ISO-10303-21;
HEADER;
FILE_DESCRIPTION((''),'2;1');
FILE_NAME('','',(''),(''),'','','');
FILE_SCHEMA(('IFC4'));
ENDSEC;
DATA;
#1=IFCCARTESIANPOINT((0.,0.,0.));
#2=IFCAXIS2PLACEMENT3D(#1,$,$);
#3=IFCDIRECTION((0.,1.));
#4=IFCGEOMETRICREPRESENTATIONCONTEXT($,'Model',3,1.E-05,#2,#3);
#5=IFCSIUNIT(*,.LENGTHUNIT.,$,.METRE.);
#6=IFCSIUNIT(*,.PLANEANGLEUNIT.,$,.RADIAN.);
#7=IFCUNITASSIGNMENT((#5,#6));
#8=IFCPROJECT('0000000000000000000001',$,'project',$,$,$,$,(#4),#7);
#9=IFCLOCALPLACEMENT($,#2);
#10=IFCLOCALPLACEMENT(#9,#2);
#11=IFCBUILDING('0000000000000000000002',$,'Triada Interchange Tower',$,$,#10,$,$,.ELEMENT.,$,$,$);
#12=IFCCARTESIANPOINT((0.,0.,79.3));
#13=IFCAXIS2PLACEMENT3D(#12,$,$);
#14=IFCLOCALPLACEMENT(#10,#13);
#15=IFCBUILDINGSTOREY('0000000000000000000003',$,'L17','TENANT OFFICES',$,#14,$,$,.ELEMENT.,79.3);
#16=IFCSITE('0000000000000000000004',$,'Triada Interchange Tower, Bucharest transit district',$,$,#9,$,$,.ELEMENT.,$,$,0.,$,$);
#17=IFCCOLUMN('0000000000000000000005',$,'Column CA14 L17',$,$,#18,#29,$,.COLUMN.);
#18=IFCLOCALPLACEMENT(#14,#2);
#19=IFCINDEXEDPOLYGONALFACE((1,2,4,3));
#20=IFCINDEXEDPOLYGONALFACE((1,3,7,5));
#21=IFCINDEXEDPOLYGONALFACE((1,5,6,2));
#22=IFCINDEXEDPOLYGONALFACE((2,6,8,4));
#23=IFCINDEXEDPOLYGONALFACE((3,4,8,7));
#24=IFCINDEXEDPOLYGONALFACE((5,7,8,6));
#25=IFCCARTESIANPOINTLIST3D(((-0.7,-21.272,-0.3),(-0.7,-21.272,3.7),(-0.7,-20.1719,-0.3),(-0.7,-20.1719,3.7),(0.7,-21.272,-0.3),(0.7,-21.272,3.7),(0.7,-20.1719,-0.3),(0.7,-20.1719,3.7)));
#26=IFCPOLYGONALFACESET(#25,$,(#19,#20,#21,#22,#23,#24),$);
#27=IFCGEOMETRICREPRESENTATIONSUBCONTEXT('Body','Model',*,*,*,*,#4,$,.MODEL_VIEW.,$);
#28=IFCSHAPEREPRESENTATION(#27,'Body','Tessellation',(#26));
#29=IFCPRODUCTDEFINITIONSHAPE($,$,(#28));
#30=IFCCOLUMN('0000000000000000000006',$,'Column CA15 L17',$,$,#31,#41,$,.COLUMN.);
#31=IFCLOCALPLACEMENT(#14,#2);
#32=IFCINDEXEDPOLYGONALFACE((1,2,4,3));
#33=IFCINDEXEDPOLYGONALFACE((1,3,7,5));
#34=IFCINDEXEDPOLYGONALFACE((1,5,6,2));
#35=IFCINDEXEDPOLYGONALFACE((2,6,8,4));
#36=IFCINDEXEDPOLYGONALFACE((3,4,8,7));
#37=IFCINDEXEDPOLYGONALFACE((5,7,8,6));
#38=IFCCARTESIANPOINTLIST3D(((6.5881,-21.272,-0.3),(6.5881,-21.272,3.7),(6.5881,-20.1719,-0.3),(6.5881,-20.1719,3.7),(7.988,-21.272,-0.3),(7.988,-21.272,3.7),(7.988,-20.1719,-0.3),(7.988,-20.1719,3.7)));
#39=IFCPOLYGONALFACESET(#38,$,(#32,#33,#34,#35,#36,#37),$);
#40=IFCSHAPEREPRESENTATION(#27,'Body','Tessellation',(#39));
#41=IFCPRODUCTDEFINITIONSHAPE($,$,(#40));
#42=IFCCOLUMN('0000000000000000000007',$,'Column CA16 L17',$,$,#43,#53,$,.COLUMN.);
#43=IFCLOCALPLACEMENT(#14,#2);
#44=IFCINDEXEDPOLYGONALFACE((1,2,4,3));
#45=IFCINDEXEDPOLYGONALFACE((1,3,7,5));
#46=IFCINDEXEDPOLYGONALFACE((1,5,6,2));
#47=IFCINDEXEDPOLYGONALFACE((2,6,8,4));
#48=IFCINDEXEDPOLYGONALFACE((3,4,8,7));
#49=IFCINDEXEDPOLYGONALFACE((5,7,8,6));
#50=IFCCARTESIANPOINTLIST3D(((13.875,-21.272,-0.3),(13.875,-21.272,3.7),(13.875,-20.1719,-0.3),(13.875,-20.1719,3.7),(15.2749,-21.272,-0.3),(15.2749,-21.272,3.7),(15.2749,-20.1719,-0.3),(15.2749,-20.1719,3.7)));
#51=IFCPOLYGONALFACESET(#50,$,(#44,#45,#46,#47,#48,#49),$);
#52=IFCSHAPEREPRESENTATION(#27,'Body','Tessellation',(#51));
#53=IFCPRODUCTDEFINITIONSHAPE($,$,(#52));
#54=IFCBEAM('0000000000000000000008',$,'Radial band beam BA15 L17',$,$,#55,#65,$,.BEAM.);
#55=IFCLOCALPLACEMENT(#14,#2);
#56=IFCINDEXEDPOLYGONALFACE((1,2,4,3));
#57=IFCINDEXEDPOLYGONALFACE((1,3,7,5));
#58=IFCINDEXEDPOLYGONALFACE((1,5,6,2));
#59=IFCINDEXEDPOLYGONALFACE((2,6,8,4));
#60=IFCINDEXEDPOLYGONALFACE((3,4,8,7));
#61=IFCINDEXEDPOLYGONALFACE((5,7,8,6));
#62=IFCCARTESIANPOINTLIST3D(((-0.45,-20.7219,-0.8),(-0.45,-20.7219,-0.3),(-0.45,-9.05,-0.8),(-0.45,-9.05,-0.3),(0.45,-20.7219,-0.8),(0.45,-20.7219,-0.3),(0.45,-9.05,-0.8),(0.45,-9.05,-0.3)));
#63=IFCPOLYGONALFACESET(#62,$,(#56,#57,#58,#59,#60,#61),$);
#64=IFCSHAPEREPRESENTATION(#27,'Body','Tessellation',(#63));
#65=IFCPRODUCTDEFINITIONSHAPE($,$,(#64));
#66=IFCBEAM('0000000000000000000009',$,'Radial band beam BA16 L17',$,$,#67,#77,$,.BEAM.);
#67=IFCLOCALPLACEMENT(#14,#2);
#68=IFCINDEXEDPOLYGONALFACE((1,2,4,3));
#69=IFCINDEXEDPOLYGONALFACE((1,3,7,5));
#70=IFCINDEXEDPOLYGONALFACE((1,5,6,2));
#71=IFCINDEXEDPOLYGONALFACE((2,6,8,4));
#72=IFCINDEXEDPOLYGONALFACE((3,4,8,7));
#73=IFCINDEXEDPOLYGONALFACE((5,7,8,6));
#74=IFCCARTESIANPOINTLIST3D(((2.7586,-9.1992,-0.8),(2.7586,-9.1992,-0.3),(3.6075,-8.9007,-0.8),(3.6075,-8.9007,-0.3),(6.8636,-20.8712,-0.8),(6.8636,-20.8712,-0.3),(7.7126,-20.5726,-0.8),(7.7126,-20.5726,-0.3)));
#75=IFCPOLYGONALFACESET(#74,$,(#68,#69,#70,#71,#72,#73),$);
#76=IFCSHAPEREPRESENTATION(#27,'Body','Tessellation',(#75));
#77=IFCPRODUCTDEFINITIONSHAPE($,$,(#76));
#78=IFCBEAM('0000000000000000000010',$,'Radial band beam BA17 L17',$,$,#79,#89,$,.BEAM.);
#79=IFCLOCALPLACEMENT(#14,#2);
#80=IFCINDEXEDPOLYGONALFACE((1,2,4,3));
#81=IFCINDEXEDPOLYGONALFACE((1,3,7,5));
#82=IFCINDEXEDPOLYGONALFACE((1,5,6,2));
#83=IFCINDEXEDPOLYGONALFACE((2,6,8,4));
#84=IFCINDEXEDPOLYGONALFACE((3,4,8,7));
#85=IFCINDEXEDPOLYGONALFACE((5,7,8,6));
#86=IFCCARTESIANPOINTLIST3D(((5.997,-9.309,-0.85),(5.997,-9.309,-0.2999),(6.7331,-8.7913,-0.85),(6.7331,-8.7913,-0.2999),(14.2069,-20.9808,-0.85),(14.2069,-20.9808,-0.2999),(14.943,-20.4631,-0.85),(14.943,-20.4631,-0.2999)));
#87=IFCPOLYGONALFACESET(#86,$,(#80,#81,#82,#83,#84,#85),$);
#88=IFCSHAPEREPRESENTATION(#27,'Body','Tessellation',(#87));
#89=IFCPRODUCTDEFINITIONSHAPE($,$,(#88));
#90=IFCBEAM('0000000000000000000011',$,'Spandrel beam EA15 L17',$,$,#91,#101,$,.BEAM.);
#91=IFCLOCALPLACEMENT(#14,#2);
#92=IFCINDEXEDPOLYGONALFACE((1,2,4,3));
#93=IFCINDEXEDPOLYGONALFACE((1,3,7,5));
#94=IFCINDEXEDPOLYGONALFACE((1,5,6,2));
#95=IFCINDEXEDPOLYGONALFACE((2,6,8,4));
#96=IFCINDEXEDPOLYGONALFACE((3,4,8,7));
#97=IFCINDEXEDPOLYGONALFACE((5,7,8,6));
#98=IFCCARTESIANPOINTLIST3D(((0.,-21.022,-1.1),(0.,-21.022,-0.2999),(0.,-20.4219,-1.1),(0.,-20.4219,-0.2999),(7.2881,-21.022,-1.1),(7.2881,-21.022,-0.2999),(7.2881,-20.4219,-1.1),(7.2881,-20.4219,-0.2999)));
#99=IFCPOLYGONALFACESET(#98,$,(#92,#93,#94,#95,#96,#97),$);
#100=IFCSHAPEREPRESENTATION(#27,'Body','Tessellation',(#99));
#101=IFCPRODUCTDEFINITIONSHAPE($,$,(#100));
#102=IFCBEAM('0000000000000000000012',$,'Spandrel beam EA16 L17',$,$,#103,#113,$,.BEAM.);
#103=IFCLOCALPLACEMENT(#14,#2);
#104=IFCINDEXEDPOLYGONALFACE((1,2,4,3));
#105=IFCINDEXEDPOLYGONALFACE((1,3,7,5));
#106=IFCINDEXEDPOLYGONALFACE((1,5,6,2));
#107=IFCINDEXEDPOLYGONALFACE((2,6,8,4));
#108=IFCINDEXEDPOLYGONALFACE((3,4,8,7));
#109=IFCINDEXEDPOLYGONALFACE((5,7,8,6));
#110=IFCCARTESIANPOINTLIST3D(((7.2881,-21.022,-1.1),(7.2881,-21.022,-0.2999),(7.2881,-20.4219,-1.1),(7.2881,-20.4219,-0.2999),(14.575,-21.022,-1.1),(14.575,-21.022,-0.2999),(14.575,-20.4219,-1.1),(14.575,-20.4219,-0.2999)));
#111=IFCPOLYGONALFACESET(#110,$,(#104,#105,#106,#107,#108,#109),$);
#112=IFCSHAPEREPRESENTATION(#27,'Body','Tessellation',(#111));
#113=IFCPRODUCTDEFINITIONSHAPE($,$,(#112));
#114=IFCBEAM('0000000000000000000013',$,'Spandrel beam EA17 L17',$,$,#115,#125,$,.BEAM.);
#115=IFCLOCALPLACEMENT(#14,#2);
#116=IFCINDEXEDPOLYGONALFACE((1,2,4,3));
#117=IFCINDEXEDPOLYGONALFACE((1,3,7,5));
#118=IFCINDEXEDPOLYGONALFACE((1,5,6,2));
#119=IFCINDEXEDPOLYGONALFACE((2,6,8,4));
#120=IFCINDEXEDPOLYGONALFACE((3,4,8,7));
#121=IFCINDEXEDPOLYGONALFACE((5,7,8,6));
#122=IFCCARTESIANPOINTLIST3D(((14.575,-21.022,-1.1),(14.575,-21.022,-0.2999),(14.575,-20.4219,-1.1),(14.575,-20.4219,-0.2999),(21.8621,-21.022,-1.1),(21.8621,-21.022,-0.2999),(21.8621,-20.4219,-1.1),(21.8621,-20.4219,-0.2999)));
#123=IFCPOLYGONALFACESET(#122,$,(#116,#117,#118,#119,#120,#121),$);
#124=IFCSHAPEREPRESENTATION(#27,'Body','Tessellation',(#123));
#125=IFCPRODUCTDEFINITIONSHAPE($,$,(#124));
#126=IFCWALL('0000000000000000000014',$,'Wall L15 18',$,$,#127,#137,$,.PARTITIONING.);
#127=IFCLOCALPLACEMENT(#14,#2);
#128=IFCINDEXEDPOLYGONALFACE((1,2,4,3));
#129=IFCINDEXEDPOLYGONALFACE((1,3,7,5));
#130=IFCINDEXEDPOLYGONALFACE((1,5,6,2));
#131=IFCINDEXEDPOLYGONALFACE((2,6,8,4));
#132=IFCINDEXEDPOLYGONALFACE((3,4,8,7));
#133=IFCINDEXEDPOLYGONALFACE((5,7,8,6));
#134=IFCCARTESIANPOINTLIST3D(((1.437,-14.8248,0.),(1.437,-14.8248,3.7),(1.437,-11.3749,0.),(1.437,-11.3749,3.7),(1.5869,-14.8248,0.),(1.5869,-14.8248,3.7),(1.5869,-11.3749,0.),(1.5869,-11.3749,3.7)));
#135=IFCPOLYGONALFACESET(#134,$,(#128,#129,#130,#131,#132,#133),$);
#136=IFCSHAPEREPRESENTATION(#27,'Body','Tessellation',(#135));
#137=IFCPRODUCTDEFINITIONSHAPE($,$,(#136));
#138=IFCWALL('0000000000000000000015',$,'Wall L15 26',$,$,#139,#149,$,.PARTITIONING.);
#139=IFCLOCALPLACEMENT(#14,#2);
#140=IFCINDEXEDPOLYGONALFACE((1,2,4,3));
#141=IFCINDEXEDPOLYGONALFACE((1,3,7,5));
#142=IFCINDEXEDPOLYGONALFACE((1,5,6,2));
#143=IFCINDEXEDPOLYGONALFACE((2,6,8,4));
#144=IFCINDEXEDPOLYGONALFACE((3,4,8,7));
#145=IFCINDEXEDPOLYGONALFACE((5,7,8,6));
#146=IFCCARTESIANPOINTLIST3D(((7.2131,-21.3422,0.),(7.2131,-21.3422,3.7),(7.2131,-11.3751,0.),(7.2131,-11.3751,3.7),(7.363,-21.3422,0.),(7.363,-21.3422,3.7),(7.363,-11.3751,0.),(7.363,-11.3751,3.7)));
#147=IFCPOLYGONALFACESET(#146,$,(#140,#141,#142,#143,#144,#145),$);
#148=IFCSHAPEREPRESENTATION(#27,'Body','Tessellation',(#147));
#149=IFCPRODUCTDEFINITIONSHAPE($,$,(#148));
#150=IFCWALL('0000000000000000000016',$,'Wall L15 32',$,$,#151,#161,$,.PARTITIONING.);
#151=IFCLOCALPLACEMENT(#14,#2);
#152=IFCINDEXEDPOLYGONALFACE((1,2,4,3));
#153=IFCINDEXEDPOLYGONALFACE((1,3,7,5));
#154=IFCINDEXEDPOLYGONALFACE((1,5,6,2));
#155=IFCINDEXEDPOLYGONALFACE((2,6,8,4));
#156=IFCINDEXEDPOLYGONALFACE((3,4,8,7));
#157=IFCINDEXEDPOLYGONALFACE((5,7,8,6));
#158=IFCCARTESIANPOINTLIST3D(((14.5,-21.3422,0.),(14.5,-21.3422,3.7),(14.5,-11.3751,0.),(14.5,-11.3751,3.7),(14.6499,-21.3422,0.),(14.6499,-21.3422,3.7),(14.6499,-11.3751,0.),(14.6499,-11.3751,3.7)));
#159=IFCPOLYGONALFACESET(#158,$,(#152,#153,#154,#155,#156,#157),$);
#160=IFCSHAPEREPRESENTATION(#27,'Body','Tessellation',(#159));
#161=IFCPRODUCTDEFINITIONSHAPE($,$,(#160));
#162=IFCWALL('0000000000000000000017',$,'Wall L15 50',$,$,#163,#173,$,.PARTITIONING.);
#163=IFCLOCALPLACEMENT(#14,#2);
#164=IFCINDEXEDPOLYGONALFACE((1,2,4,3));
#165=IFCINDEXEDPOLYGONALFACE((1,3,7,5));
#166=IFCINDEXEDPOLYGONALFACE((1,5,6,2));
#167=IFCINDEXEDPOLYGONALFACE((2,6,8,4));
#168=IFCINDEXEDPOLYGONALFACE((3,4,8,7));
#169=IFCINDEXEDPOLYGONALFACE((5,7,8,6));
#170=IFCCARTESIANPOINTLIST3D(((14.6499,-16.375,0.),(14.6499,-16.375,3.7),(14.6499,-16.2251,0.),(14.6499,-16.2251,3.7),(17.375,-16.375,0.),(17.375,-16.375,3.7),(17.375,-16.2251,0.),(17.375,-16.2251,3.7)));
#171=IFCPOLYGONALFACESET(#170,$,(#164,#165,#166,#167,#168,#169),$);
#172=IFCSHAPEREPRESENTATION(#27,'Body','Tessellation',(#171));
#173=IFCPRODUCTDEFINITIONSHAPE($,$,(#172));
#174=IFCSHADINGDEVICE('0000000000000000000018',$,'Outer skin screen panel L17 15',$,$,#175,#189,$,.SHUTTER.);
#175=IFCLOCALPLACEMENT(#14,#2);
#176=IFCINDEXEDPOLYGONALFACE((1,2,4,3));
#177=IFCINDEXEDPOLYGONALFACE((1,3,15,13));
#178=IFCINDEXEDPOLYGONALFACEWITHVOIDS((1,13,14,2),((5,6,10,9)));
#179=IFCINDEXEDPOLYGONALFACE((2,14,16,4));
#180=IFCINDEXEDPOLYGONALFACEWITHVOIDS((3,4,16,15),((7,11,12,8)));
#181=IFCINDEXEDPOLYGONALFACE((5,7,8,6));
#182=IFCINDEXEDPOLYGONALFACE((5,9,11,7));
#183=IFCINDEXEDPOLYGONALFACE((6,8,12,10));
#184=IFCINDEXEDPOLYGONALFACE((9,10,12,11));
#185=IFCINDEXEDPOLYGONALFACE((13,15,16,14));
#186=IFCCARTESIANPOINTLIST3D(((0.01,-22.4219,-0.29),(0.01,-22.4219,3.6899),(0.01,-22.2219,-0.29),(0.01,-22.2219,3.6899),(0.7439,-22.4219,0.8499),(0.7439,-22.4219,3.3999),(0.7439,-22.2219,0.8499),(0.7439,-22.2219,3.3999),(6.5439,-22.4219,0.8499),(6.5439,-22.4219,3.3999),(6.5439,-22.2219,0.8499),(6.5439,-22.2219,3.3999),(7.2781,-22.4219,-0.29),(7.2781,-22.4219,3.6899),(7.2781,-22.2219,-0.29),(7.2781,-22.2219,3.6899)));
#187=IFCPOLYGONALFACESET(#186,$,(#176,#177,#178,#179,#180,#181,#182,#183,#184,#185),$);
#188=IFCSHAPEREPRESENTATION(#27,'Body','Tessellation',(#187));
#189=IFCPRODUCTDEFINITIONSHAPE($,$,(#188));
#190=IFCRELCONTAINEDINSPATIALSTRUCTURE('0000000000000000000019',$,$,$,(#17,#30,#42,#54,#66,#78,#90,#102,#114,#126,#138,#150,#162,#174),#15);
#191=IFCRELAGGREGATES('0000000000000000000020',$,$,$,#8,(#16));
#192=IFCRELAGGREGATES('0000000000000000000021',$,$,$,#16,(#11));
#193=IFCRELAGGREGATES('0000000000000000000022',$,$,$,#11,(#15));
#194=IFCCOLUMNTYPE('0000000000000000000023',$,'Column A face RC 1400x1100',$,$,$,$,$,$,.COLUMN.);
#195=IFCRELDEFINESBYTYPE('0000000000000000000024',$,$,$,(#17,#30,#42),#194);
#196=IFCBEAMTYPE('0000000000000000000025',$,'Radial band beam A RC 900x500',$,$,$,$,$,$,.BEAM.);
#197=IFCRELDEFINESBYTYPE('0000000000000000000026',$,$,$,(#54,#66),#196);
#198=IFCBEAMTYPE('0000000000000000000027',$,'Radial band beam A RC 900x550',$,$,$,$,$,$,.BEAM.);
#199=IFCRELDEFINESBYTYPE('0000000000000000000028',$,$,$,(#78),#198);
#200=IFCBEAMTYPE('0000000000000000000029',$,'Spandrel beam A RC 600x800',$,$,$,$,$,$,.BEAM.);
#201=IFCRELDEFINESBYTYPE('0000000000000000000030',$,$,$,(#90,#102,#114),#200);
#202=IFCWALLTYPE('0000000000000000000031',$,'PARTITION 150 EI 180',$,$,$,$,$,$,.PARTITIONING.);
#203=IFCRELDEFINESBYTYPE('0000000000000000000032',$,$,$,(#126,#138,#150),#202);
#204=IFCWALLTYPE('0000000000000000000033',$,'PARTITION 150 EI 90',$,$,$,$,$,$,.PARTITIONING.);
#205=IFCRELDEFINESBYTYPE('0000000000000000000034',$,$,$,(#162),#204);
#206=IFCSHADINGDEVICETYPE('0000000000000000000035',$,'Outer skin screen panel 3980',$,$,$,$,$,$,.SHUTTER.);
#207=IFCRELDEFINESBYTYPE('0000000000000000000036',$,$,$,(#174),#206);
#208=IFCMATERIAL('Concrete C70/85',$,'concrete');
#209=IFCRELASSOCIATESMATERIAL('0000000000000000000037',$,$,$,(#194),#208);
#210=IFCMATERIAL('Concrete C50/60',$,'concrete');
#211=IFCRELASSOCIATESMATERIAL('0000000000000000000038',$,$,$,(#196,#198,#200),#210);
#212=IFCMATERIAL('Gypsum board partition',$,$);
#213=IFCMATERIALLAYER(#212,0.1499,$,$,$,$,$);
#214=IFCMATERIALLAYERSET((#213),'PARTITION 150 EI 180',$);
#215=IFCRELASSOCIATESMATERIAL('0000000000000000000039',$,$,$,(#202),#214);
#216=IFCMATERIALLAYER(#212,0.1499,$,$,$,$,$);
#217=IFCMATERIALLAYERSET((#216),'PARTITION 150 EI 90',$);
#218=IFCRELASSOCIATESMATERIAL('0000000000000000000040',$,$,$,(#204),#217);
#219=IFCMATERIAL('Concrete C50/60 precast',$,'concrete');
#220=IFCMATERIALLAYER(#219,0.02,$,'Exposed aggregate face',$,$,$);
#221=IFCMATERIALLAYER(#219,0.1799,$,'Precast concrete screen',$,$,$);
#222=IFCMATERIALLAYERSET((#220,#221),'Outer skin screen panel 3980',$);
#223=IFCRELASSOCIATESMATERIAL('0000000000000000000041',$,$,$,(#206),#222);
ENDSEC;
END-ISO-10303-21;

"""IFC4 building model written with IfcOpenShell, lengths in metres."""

from ifc_helpers import new_model, si_unit, direction, frame, frame_2d, origin, origin_2d, place, context, subcontext, project, spatial, polyline, rectangle, outline, extrude, material, layer, layer_set, material_profile, profile_set, type_object, element, save


model = new_model("IFC4")

# Units and contexts
model_context = context("Model", 3, precision=1e-05, world=origin(), true_north=direction((0.0, 1.0)))
body_context = subcontext(model_context, "Body", "Model", "MODEL_VIEW")
ifc_project = project(units=[si_unit("LENGTHUNIT", "METRE"), si_unit("PLANEANGLEUNIT", "RADIAN")], contexts=[model_context])

# Site, building, storey
site_placement = place(None, origin())
site = spatial("IfcSite", under=ifc_project, at=site_placement, Name="Triada Interchange Tower, Bucharest transit district", CompositionType="ELEMENT", RefElevation=0.0)
building_placement = place(site_placement, origin())
building = spatial("IfcBuilding", under=site, at=building_placement, Name="Triada Interchange Tower", CompositionType="ELEMENT")
storey_placement = place(building_placement, frame((0.0, 0.0, 79.3)))
storey = spatial("IfcBuildingStorey", under=building, at=storey_placement, Name="L17", Description="TENANT OFFICES", CompositionType="ELEMENT", Elevation=79.3)

# Columns
ifc_material_1 = material(Name="Concrete C70/85", Category="concrete")
ifc_material_profile_1 = material_profile(ifc_material_1, rectangle(XDim=1.3999, YDim=1.1001, at=origin_2d()), Name="RC 1400x1100")
ifc_profile_set_1 = profile_set([ifc_material_profile_1], Name="Concrete C70/85")
column_type = type_object("IfcColumnType", Name="Column A face RC 1400x1100", PredefinedType="COLUMN", material=ifc_profile_set_1)
for number, where, z_axis, x_axis, name in (
    (1, (0.0, -20.7219, -0.3), (0.0, 0.0, 1.0), (1.0, 0.0, 0.0), "Column CA14 L17"),
    (2, (7.2881, -20.7219, -0.3), (0.0, 0.0, 1.0), (1.0, 0.0, 0.0), "Column CA15 L17"),
    (3, (14.575, -20.7219, -0.3), (0.0, 0.0, 1.0), (1.0, 0.0, 0.0), "Column CA16 L17"),
):
    element("IfcColumn", number, at=place(storey_placement, frame(where, z_axis=z_axis, x_axis=x_axis)), inside=storey, type_object=column_type, Name=name, PredefinedType="COLUMN", context=body_context, shape_type="SweptSolid", body=[
        extrude(rectangle(XDim=1.3999, YDim=1.1001, at=origin_2d()), origin(), (0.0, 0.0, 1.0), 4.0),
    ])

# Beams
ifc_material_2 = material(Name="Concrete C50/60", Category="concrete")
ifc_material_profile_2 = material_profile(ifc_material_2, rectangle(XDim=0.8999, YDim=0.5, at=origin_2d()), Name="RC 900x500")
ifc_profile_set_2 = profile_set([ifc_material_profile_2], Name="Concrete C50/60")
beam_type_1 = type_object("IfcBeamType", Name="Radial band beam A RC 900x500", PredefinedType="BEAM", material=ifc_profile_set_2)
beam_1_placement = place(storey_placement, frame((0.0, -20.7219, -0.55), z_axis=(0.0, 1.0, 0.0), x_axis=(-1.0, 0.0, 0.0)))
element("IfcBeam", 4, at=beam_1_placement, inside=storey, type_object=beam_type_1, Name="Radial band beam BA15 L17", PredefinedType="BEAM", context=body_context, shape_type="SweptSolid", body=[
    extrude(rectangle(XDim=0.8999, YDim=0.5, at=origin_2d()), origin(), (0.0, 0.0, 1.0), 11.6719),
])
beam_2_placement = place(storey_placement, frame((7.2881, -20.7219, -0.55), z_axis=(-0.331777, 0.943358, 0.0), x_axis=(-0.943358, -0.331777, 0.0)))
element("IfcBeam", 5, at=beam_2_placement, inside=storey, type_object=beam_type_1, Name="Radial band beam BA16 L17", PredefinedType="BEAM", context=body_context, shape_type="SweptSolid", body=[
    extrude(rectangle(XDim=0.8999, YDim=0.5, at=origin_2d()), origin(), (0.0, 0.0, 1.0), 12.3728),
])
ifc_material_profile_3 = material_profile(ifc_material_2, rectangle(XDim=0.8999, YDim=0.55, at=origin_2d()), Name="RC 900x550")
ifc_profile_set_3 = profile_set([ifc_material_profile_3], Name="Concrete C50/60")
beam_type_2 = type_object("IfcBeamType", Name="Radial band beam A RC 900x550", PredefinedType="BEAM", material=ifc_profile_set_3)
beam_3_placement = place(storey_placement, frame((14.575, -20.7219, -0.575), z_axis=(-0.575326, 0.817924, 0.0), x_axis=(-0.817924, -0.575326, 0.0)))
element("IfcBeam", 6, at=beam_3_placement, inside=storey, type_object=beam_type_2, Name="Radial band beam BA17 L17", PredefinedType="BEAM", context=body_context, shape_type="SweptSolid", body=[
    extrude(rectangle(XDim=0.8999, YDim=0.55, at=origin_2d()), origin(), (0.0, 0.0, 1.0), 14.27),
])
ifc_material_profile_4 = material_profile(ifc_material_2, rectangle(XDim=0.6001, YDim=0.8, at=origin_2d()), Name="RC 600x800")
ifc_profile_set_4 = profile_set([ifc_material_profile_4], Name="Concrete C50/60")
beam_type_3 = type_object("IfcBeamType", Name="Spandrel beam A RC 600x800", PredefinedType="BEAM", material=ifc_profile_set_4)
beam_4_placement = place(storey_placement, frame((0.0, -20.7219, -0.7), z_axis=(1.0, 0.0, 0.0), x_axis=(0.0, 1.0, 0.0)))
element("IfcBeam", 7, at=beam_4_placement, inside=storey, type_object=beam_type_3, Name="Spandrel beam EA15 L17", PredefinedType="BEAM", context=body_context, shape_type="SweptSolid", body=[
    extrude(rectangle(XDim=0.6001, YDim=0.8, at=origin_2d()), origin(), (0.0, 0.0, 1.0), 7.2881),
])
beam_5_placement = place(storey_placement, frame((7.2881, -20.7219, -0.7), z_axis=(1.0, 0.0, 0.0), x_axis=(0.0, 1.0, 0.0)))
element("IfcBeam", 8, at=beam_5_placement, inside=storey, type_object=beam_type_3, Name="Spandrel beam EA16 L17", PredefinedType="BEAM", context=body_context, shape_type="SweptSolid", body=[
    extrude(rectangle(XDim=0.6001, YDim=0.8, at=origin_2d()), origin(), (0.0, 0.0, 1.0), 7.2869),
])
beam_6_placement = place(storey_placement, frame((14.575, -20.7219, -0.7), z_axis=(1.0, 0.0, 0.0), x_axis=(0.0, 1.0, 0.0)))
element("IfcBeam", 9, at=beam_6_placement, inside=storey, type_object=beam_type_3, Name="Spandrel beam EA17 L17", PredefinedType="BEAM", context=body_context, shape_type="SweptSolid", body=[
    extrude(rectangle(XDim=0.6001, YDim=0.8, at=origin_2d()), origin(), (0.0, 0.0, 1.0), 7.2871),
])

# Walls
ifc_material_3 = material(Name="Gypsum board partition")
ifc_layer_1 = layer(ifc_material_3, 0.1499)
ifc_layer_set_1 = layer_set([ifc_layer_1], Name="PARTITION 150 EI 180")
wall_type_1 = type_object("IfcWallType", Name="PARTITION 150 EI 180", PredefinedType="PARTITIONING", material=ifc_layer_set_1)
wall_1_placement = place(storey_placement, frame((1.512, -14.825, 0.0), z_axis=(0.0, 0.0, 1.0), x_axis=(0.0, 1.0, 0.0)))
element("IfcWall", 10, at=wall_1_placement, inside=storey, type_object=wall_type_1, Name="Wall L15 18", PredefinedType="PARTITIONING", context=body_context, shape_type="SweptSolid", body=[
    extrude(rectangle(XDim=3.45, YDim=0.1499, at=frame_2d((1.7251, 0.0))), origin(), (0.0, 0.0, 1.0), 3.7),
])
for number, where, z_axis, x_axis, name in (
    (11, (7.2881, -21.342, 0.0), (0.0, 0.0, 1.0), (0.0, 1.0, 0.0), "Wall L15 26"),
    (12, (14.575, -21.342, 0.0), (0.0, 0.0, 1.0), (0.0, 1.0, 0.0), "Wall L15 32"),
):
    element("IfcWall", number, at=place(storey_placement, frame(where, z_axis=z_axis, x_axis=x_axis)), inside=storey, type_object=wall_type_1, Name=name, PredefinedType="PARTITIONING", context=body_context, shape_type="SweptSolid", body=[
        extrude(rectangle(XDim=9.967, YDim=0.1499, at=frame_2d((4.9834, 0.0))), origin(), (0.0, 0.0, 1.0), 3.7),
    ])
ifc_layer_2 = layer(ifc_material_3, 0.1499)
ifc_layer_set_2 = layer_set([ifc_layer_2], Name="PARTITION 150 EI 90")
wall_type_2 = type_object("IfcWallType", Name="PARTITION 150 EI 90", PredefinedType="PARTITIONING", material=ifc_layer_set_2)
wall_2_placement = place(storey_placement, frame((14.6499, -16.3, 0.0), z_axis=(0.0, 0.0, 1.0), x_axis=(1.0, 0.0, 0.0)))
element("IfcWall", 13, at=wall_2_placement, inside=storey, type_object=wall_type_2, Name="Wall L15 50", PredefinedType="PARTITIONING", context=body_context, shape_type="SweptSolid", body=[
    extrude(rectangle(XDim=2.7251, YDim=0.1499, at=frame_2d((1.3625, 0.0))), origin(), (0.0, 0.0, 1.0), 3.7),
])

# Shading device
ifc_material_4 = material(Name="Concrete C50/60 precast", Category="concrete")
ifc_layer_3 = layer(ifc_material_4, 0.02, Name="Exposed aggregate face")
ifc_layer_4 = layer(ifc_material_4, 0.1799, Name="Precast concrete screen")
ifc_layer_set_3 = layer_set([ifc_layer_3, ifc_layer_4], Name="Outer skin screen panel 3980")
shading_device_type = type_object("IfcShadingDeviceType", Name="Outer skin screen panel 3980", PredefinedType="SHUTTER", material=ifc_layer_set_3)
shading_device_1_placement = place(storey_placement, frame((0.01, -22.2219, -0.29), z_axis=(0.0, 0.0, 1.0), x_axis=(1.0, 0.0, 0.0)))
element("IfcShadingDevice", 14, at=shading_device_1_placement, inside=storey, type_object=shading_device_type, Name="Outer skin screen panel L17 15", PredefinedType="SHUTTER", context=body_context, shape_type="SweptSolid", body=[
    extrude(outline(polyline([(0.0, 0.0), (7.2681, 0.0), (7.2681, 3.98), (0.0, 3.98), (0.0, 0.0)]), holes=[polyline([(0.7339, 1.1399), (0.7339, 3.6899), (6.5339, 3.6899), (6.5339, 1.1399), (0.7339, 1.1399)])]), frame((0.0, 0.0, 0.0), z_axis=(0.0, -1.0, 0.0), x_axis=(1.0, 0.0, 0.0)), (0.0, 0.0, 1.0), 0.2),
])

save(model, "model.ifc")
